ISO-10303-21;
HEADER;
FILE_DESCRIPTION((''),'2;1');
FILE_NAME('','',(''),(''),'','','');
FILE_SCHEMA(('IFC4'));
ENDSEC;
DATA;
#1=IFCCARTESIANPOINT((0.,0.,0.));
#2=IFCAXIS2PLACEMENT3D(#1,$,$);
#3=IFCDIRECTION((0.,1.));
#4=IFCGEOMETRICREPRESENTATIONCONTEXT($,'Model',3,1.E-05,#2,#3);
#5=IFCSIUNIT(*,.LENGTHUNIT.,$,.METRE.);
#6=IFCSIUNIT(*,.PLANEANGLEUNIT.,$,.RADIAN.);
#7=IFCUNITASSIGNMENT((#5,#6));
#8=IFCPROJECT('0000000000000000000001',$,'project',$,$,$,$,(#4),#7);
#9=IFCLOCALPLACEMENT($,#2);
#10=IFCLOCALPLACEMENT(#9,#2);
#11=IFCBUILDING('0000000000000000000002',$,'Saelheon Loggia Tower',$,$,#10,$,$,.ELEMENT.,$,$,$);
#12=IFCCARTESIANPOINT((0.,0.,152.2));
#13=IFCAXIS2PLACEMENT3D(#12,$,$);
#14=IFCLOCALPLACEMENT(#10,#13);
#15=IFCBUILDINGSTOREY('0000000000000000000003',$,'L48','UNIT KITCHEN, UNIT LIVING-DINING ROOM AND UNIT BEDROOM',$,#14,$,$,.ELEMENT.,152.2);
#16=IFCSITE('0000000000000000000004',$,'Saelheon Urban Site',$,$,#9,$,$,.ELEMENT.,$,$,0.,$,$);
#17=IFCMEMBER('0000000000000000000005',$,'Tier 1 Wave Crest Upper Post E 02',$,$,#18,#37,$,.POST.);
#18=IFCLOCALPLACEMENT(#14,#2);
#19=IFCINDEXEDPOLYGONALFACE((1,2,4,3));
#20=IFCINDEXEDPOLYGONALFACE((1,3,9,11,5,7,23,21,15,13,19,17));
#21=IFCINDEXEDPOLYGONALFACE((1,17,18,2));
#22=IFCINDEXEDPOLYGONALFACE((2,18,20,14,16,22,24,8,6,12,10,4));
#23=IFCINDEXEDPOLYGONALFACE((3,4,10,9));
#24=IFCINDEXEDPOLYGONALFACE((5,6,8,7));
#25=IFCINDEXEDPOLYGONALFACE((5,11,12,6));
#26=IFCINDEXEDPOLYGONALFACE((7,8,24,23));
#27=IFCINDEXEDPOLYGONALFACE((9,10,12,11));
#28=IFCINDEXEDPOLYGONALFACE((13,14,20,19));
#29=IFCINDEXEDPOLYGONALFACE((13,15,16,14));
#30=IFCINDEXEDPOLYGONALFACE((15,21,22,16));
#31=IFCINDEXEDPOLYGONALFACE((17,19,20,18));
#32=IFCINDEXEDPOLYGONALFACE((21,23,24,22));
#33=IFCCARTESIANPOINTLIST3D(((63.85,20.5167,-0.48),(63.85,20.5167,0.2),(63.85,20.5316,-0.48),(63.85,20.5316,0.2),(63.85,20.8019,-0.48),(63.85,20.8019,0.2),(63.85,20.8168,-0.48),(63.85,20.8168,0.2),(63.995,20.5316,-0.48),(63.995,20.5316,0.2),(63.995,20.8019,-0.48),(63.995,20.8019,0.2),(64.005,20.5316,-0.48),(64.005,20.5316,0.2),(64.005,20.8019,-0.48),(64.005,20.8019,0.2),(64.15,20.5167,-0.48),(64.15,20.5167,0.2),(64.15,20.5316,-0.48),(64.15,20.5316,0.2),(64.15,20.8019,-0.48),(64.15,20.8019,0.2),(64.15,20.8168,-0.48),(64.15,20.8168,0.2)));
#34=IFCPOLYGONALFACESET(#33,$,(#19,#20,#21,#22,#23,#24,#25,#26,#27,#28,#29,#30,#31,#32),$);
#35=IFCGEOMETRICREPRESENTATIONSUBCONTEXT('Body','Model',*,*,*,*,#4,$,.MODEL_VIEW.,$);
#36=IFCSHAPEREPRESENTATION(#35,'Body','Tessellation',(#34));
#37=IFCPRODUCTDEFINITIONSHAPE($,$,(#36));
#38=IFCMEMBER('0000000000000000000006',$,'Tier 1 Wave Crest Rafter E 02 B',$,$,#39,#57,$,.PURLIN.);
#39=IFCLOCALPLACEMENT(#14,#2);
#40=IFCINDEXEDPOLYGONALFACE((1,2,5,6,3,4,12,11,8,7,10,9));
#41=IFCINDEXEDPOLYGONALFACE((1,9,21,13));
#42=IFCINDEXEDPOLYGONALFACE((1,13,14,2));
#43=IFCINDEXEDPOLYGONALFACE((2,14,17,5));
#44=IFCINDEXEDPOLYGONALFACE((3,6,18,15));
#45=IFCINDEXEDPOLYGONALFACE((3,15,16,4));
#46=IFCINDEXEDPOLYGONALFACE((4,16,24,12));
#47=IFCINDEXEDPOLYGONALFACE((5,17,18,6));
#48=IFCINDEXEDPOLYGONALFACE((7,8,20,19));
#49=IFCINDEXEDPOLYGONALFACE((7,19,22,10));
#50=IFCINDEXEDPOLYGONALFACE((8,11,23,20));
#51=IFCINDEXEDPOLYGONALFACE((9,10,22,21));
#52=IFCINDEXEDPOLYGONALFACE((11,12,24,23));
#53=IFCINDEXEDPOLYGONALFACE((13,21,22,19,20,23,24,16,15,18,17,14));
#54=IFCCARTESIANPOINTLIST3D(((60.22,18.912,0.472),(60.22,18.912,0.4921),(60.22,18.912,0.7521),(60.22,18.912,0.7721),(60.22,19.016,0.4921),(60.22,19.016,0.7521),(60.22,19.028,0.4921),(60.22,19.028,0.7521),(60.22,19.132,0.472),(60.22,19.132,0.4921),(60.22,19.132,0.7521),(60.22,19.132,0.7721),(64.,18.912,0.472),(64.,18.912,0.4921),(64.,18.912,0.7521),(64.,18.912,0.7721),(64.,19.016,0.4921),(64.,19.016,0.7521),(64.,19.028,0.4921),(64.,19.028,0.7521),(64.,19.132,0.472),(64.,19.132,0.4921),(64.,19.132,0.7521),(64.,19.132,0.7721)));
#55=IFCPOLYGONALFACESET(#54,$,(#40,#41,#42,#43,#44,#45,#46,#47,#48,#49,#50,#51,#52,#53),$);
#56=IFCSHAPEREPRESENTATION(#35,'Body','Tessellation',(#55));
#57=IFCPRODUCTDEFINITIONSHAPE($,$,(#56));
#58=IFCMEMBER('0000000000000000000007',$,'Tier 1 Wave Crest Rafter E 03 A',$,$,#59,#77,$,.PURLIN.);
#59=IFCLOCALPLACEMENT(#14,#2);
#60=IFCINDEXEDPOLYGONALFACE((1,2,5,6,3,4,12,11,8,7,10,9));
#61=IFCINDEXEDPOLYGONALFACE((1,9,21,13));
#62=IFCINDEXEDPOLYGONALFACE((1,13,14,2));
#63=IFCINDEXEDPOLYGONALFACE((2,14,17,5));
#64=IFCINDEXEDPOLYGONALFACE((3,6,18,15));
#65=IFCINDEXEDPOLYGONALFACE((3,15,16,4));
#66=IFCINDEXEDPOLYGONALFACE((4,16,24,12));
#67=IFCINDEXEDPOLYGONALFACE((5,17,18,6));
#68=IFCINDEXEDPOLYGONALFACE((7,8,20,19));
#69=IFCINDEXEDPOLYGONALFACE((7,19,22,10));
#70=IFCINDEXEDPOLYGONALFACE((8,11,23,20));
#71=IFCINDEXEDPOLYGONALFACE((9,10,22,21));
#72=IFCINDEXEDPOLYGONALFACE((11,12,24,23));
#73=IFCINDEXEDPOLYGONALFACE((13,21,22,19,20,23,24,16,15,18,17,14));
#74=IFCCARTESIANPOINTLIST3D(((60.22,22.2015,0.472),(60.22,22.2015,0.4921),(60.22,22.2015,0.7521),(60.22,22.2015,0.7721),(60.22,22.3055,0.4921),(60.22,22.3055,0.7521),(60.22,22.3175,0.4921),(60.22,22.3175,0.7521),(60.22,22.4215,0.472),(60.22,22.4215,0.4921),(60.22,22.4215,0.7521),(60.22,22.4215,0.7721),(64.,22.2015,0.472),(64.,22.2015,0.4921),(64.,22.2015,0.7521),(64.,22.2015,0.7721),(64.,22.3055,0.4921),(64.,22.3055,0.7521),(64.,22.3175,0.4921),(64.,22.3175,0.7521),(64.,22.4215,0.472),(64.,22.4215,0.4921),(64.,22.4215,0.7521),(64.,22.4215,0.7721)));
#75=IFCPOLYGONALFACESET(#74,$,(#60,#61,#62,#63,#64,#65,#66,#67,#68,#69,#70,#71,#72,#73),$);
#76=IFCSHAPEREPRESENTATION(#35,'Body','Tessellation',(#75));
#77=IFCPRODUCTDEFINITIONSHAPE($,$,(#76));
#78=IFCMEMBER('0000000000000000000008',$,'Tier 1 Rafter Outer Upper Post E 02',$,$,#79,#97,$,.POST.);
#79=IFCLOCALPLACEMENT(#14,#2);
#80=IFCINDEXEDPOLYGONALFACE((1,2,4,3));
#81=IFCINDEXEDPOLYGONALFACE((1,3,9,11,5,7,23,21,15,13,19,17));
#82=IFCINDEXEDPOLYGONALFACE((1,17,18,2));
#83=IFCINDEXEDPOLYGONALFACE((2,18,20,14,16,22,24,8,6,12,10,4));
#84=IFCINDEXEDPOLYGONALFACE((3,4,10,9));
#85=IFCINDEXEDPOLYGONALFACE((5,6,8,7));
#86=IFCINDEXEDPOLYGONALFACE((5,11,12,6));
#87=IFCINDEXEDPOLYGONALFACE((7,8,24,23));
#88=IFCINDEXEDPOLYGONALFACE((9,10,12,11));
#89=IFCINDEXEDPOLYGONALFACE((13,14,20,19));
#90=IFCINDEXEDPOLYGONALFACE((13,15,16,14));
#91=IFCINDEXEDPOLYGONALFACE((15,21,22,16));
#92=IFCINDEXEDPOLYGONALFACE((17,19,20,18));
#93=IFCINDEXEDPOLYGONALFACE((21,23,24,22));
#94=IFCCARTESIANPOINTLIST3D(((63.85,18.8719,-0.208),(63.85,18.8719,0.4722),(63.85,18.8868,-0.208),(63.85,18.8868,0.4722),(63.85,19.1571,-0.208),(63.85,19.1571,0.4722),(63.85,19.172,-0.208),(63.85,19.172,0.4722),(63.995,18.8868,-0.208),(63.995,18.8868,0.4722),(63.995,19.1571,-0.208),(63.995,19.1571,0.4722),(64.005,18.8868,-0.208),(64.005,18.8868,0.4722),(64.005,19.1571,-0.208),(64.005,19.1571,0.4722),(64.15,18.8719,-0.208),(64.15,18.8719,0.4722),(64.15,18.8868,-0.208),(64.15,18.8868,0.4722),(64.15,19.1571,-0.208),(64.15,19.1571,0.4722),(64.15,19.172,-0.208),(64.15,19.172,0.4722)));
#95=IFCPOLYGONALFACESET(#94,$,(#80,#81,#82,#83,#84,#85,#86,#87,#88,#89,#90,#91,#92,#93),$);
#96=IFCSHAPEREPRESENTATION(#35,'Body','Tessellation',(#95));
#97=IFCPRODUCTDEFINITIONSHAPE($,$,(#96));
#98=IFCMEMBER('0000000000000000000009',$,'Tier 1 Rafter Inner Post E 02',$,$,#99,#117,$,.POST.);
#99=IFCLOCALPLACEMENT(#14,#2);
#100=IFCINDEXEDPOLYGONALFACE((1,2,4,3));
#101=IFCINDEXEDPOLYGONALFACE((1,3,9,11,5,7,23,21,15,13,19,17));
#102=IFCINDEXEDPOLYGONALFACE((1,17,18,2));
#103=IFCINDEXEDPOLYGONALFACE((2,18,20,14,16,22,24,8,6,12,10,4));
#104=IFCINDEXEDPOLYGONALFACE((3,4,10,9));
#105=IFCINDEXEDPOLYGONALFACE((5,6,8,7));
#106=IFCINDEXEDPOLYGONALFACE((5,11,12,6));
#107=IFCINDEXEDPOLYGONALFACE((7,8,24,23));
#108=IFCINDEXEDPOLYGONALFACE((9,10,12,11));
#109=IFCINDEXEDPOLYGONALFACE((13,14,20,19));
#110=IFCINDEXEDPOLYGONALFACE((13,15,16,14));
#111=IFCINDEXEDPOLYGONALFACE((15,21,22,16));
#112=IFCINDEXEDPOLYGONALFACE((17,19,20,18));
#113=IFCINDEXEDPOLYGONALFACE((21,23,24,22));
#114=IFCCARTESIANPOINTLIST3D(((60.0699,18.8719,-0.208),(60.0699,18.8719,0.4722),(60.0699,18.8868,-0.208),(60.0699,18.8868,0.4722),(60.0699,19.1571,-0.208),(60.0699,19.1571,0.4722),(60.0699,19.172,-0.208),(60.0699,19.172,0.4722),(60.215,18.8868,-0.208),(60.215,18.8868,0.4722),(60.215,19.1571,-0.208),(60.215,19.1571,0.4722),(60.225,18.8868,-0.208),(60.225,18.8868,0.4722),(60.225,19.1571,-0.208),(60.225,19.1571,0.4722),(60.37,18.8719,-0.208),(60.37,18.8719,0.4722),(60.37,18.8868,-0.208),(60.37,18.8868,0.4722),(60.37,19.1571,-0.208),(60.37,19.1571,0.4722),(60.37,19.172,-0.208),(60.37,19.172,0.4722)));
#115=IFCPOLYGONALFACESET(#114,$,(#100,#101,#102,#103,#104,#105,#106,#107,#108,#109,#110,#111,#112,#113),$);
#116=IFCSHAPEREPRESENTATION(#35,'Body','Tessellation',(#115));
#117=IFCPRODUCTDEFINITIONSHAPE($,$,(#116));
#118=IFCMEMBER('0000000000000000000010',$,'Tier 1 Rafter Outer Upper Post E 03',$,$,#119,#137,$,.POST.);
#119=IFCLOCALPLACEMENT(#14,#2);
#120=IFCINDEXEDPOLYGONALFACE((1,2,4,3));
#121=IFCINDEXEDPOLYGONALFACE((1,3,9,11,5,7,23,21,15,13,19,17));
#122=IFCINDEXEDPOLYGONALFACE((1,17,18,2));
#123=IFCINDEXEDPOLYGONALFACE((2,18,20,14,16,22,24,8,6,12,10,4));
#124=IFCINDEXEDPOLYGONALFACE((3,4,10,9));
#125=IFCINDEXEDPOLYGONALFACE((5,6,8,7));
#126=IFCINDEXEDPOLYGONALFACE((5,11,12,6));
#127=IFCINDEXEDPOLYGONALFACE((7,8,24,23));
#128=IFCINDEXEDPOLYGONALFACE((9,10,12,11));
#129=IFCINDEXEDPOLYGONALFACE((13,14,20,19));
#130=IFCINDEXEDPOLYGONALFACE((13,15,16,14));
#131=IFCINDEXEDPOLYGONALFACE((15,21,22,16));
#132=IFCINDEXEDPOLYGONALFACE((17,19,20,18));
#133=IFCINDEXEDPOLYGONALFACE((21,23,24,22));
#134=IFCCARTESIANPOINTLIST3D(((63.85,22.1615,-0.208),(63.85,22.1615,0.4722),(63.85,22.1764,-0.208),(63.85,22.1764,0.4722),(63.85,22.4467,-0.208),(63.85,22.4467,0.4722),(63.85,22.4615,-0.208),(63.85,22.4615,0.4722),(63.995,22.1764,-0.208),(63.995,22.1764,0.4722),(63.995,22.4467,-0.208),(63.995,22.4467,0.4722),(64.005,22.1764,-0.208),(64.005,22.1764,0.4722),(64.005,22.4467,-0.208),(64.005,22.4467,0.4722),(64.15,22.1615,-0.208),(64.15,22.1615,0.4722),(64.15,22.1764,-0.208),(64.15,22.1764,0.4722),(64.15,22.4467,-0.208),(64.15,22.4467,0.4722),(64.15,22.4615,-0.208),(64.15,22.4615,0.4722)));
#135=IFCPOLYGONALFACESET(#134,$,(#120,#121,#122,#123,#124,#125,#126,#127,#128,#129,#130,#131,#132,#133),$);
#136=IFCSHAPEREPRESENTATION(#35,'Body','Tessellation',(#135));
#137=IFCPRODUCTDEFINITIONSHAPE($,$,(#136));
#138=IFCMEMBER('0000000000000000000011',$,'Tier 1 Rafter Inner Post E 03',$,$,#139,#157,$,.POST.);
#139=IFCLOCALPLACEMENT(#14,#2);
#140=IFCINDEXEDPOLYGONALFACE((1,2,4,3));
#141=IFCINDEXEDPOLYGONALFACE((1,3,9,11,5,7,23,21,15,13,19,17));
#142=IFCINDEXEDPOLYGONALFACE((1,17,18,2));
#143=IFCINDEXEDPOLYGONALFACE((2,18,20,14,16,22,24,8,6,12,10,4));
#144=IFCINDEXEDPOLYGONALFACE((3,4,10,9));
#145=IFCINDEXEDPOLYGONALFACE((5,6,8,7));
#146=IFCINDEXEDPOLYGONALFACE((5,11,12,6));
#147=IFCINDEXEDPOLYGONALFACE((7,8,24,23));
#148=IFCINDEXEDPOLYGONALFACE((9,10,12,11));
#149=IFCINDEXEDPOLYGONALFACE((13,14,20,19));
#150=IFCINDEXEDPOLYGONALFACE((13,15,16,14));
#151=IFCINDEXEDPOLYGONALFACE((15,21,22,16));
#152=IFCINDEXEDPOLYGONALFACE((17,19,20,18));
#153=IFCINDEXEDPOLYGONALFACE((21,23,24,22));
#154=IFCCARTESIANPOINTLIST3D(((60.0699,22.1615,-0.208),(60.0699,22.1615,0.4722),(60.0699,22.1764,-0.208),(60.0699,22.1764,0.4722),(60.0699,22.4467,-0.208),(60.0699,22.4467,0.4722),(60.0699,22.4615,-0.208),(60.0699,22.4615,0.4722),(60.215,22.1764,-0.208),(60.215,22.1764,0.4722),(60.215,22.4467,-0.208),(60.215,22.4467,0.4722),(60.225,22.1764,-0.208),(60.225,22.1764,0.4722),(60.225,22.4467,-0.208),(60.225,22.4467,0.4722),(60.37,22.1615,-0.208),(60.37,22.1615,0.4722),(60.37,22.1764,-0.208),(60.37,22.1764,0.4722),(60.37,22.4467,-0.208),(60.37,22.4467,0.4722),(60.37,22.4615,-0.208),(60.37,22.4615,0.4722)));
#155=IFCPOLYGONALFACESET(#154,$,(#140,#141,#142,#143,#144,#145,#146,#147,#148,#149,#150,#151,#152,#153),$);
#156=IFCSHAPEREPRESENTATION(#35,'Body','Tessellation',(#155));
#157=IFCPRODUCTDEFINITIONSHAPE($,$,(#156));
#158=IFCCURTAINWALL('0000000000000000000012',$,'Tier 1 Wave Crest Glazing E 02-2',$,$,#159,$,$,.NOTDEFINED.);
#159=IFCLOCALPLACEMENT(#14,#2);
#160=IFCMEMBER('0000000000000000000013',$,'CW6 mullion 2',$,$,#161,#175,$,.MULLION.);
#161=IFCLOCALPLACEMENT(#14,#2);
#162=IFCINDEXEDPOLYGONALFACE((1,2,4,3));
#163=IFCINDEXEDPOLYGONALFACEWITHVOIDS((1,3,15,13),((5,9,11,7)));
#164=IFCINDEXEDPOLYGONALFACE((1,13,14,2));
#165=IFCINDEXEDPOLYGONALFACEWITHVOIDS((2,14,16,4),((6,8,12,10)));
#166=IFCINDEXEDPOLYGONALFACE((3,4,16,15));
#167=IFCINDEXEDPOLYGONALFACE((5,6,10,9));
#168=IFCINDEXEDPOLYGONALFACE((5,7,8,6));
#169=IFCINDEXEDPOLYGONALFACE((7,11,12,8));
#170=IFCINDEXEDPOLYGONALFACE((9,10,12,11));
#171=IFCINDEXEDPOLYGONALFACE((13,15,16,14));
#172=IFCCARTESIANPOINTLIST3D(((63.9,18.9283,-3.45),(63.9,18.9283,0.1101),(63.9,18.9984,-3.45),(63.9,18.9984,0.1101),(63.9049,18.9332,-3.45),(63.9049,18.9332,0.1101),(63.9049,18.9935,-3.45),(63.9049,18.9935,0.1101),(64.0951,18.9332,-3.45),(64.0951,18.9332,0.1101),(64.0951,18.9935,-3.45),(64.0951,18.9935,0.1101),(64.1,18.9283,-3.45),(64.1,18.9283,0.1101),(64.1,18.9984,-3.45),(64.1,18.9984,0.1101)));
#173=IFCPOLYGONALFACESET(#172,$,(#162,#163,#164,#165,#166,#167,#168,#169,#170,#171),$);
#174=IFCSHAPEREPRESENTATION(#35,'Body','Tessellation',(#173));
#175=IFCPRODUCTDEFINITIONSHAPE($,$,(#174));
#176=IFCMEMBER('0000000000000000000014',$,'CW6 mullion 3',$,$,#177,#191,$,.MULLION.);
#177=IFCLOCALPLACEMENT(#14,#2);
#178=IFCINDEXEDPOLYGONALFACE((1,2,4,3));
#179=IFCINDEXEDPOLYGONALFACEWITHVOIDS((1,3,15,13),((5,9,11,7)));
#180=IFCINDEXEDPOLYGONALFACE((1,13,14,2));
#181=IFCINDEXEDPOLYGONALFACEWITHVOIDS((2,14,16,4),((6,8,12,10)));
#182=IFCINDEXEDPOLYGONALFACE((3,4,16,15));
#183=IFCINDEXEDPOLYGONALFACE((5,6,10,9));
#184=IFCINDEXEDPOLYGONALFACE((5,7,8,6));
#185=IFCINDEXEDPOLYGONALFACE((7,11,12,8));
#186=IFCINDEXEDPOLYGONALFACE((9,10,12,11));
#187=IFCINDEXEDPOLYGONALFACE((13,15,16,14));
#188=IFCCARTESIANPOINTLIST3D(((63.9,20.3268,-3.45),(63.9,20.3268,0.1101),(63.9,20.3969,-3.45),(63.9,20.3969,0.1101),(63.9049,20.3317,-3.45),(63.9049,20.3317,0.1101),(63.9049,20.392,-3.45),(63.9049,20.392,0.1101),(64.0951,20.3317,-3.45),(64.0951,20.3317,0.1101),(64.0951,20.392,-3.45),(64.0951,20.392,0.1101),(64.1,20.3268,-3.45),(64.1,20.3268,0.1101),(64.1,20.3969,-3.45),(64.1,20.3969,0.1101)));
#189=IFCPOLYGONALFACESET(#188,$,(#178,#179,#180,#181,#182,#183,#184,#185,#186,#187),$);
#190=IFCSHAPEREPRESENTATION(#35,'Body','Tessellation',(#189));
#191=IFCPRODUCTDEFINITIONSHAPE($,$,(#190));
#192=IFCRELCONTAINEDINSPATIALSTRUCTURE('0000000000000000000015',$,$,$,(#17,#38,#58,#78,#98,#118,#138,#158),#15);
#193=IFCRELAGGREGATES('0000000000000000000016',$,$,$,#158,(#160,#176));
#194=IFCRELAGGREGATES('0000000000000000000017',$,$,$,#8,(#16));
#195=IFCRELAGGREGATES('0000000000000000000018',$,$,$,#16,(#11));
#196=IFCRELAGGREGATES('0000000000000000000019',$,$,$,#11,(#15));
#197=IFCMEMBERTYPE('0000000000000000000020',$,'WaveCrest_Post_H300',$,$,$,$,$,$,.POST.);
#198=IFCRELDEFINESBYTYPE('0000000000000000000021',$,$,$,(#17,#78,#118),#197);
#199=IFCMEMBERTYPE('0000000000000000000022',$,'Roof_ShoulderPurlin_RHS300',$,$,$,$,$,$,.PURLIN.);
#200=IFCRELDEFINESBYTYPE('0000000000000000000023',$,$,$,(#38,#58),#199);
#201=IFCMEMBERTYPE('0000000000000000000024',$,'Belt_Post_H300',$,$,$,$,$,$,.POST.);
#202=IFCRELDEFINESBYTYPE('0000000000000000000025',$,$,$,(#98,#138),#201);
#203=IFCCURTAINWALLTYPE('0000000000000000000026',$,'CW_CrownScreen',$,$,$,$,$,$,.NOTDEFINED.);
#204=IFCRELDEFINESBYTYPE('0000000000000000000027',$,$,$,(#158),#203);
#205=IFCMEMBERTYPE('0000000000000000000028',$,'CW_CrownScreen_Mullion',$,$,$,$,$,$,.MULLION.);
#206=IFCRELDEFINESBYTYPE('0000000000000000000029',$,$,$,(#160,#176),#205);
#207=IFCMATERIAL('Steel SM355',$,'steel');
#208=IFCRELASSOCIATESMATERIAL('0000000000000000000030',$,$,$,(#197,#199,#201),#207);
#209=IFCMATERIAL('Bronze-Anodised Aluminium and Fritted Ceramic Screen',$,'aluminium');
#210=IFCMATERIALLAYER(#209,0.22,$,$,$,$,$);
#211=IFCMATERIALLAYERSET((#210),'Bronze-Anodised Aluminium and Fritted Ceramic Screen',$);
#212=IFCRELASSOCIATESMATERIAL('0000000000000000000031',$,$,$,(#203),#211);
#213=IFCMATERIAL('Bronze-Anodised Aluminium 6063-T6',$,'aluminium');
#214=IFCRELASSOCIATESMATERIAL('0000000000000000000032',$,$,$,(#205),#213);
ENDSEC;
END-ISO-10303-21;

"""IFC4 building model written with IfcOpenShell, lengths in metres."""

from ifc_helpers import new_model, si_unit, direction, frame, origin, origin_2d, place, context, subcontext, project, spatial, hollow_rectangle, i_section, extrude, source, transform, mapped, material, layer, layer_set, material_profile, profile_set, type_object, element, aggregate, save


model = new_model("IFC4")

# Units and contexts
model_context = context("Model", 3, precision=1e-05, world=origin(), true_north=direction((0.0, 1.0)))
body_context = subcontext(model_context, "Body", "Model", "MODEL_VIEW")
ifc_project = project(units=[si_unit("LENGTHUNIT", "METRE"), si_unit("PLANEANGLEUNIT", "RADIAN")], contexts=[model_context])

# Site, building, storey
site_placement = place(None, origin())
site = spatial("IfcSite", under=ifc_project, at=site_placement, Name="Saelheon Urban Site", CompositionType="ELEMENT", RefElevation=0.0)
building_placement = place(site_placement, origin())
building = spatial("IfcBuilding", under=site, at=building_placement, Name="Saelheon Loggia Tower", CompositionType="ELEMENT")
storey_placement = place(building_placement, frame((0.0, 0.0, 152.2)))
storey = spatial("IfcBuildingStorey", under=building, at=storey_placement, Name="L48", Description="UNIT KITCHEN, UNIT LIVING-DINING ROOM AND UNIT BEDROOM", CompositionType="ELEMENT", Elevation=152.2)

# Members
ifc_material_1 = material(Name="Steel SM355", Category="steel")
ifc_material_profile_1 = material_profile(ifc_material_1, i_section(OverallWidth=0.3, OverallDepth=0.3, WebThickness=0.01, FlangeThickness=0.0149, at=origin_2d()), Name="H-300x300x10x15")
ifc_profile_set_1 = profile_set([ifc_material_profile_1], Name="Steel SM355")
member_type_1 = type_object("IfcMemberType", Name="WaveCrest_Post_H300", PredefinedType="POST", material=ifc_profile_set_1)
shared_shape_1 = source(origin(), body_context, "Body", "SweptSolid", [
    extrude(i_section(OverallWidth=0.3, OverallDepth=0.3, WebThickness=0.01, FlangeThickness=0.0149, at=origin_2d()), origin(), (0.0, 0.0, 1.0), 0.6799),
])
member_1_placement = place(storey_placement, frame((64.0, 20.6667, -0.48), z_axis=(0.0, 0.0, 1.0), x_axis=(1.0, 0.0, 0.0)))
element("IfcMember", 1, at=member_1_placement, inside=storey, type_object=member_type_1, Name="Tier 1 Wave Crest Upper Post E 02", PredefinedType="POST", context=body_context, shape_type="MappedRepresentation", body=[
    mapped(shared_shape_1, transform((0.0, 0.0, 0.0), scale=1.0)),
])
ifc_material_profile_2 = material_profile(ifc_material_1, i_section(OverallWidth=0.22, OverallDepth=0.3, WebThickness=0.012, FlangeThickness=0.02, at=origin_2d()), Name="H-300x220x12x20")
ifc_profile_set_2 = profile_set([ifc_material_profile_2], Name="Steel SM355")
member_type_2 = type_object("IfcMemberType", Name="Roof_ShoulderPurlin_RHS300", PredefinedType="PURLIN", material=ifc_profile_set_2)
shared_shape_2 = source(origin(), body_context, "Body", "SweptSolid", [
    extrude(i_section(OverallWidth=0.22, OverallDepth=0.3, WebThickness=0.012, FlangeThickness=0.02, at=origin_2d()), origin(), (0.0, 0.0, 1.0), 3.78),
])
for number, where, z_axis, x_axis, name in (
    (2, (64.0, 19.022, 0.6221), (-1.0, 0.0, 0.0), (0.0, -1.0, 0.0), "Tier 1 Wave Crest Rafter E 02 B"),
    (3, (64.0, 22.3115, 0.6221), (-1.0, 0.0, 0.0), (0.0, -1.0, 0.0), "Tier 1 Wave Crest Rafter E 03 A"),
):
    element("IfcMember", number, at=place(storey_placement, frame(where, z_axis=z_axis, x_axis=x_axis)), inside=storey, type_object=member_type_2, Name=name, PredefinedType="PURLIN", context=body_context, shape_type="MappedRepresentation", body=[
        mapped(shared_shape_2, transform((0.0, 0.0, 0.0), scale=1.0)),
    ])
shared_shape_3 = source(origin(), body_context, "Body", "SweptSolid", [
    extrude(i_section(OverallWidth=0.3, OverallDepth=0.3, WebThickness=0.01, FlangeThickness=0.0149, at=origin_2d()), origin(), (0.0, 0.0, 1.0), 0.6802),
])
member_2_placement = place(storey_placement, frame((64.0, 19.022, -0.208), z_axis=(0.0, 0.0, 1.0), x_axis=(1.0, 0.0, 0.0)))
element("IfcMember", 4, at=member_2_placement, inside=storey, type_object=member_type_1, Name="Tier 1 Rafter Outer Upper Post E 02", PredefinedType="POST", context=body_context, shape_type="MappedRepresentation", body=[
    mapped(shared_shape_3, transform((0.0, 0.0, 0.0), scale=1.0)),
])
ifc_material_profile_3 = material_profile(ifc_material_1, i_section(OverallWidth=0.3, OverallDepth=0.3, WebThickness=0.01, FlangeThickness=0.0149, at=origin_2d()), Name="H-300x300x10x15")
ifc_profile_set_3 = profile_set([ifc_material_profile_3], Name="Steel SM355")
member_type_3 = type_object("IfcMemberType", Name="Belt_Post_H300", PredefinedType="POST", material=ifc_profile_set_3)
member_3_placement = place(storey_placement, frame((60.22, 19.022, -0.208), z_axis=(0.0, 0.0, 1.0), x_axis=(1.0, 0.0, 0.0)))
element("IfcMember", 5, at=member_3_placement, inside=storey, type_object=member_type_3, Name="Tier 1 Rafter Inner Post E 02", PredefinedType="POST", context=body_context, shape_type="MappedRepresentation", body=[
    mapped(shared_shape_3, transform((0.0, 0.0, 0.0), scale=1.0)),
])
member_4_placement = place(storey_placement, frame((64.0, 22.3115, -0.208), z_axis=(0.0, 0.0, 1.0), x_axis=(1.0, 0.0, 0.0)))
element("IfcMember", 6, at=member_4_placement, inside=storey, type_object=member_type_1, Name="Tier 1 Rafter Outer Upper Post E 03", PredefinedType="POST", context=body_context, shape_type="MappedRepresentation", body=[
    mapped(shared_shape_3, transform((0.0, 0.0, 0.0), scale=1.0)),
])
member_5_placement = place(storey_placement, frame((60.22, 22.3115, -0.208), z_axis=(0.0, 0.0, 1.0), x_axis=(1.0, 0.0, 0.0)))
element("IfcMember", 7, at=member_5_placement, inside=storey, type_object=member_type_3, Name="Tier 1 Rafter Inner Post E 03", PredefinedType="POST", context=body_context, shape_type="MappedRepresentation", body=[
    mapped(shared_shape_3, transform((0.0, 0.0, 0.0), scale=1.0)),
])

# Curtain wall, members
ifc_material_2 = material(Name="Bronze-Anodised Aluminium and Fritted Ceramic Screen", Category="aluminium")
ifc_layer_1 = layer(ifc_material_2, 0.22)
ifc_layer_set_1 = layer_set([ifc_layer_1], Name="Bronze-Anodised Aluminium and Fritted Ceramic Screen")
curtain_wall_type = type_object("IfcCurtainWallType", Name="CW_CrownScreen", PredefinedType="NOTDEFINED", material=ifc_layer_set_1)
curtain_wall_1_placement = place(storey_placement, origin())
curtain_wall_1 = element("IfcCurtainWall", 8, at=curtain_wall_1_placement, inside=storey, type_object=curtain_wall_type, Name="Tier 1 Wave Crest Glazing E 02-2", PredefinedType="NOTDEFINED")
ifc_material_3 = material(Name="Bronze-Anodised Aluminium 6063-T6", Category="aluminium")
ifc_material_profile_4 = material_profile(ifc_material_3, hollow_rectangle(XDim=0.0701, YDim=0.2, WallThickness=0.0049, at=origin_2d()), Name="RHS-200x70x5")
ifc_profile_set_4 = profile_set([ifc_material_profile_4], Name="Bronze-Anodised Aluminium 6063-T6")
member_type_4 = type_object("IfcMemberType", Name="CW_CrownScreen_Mullion", PredefinedType="MULLION", material=ifc_profile_set_4)
shared_shape_4 = source(origin(), body_context, "Body", "SweptSolid", [
    extrude(hollow_rectangle(XDim=0.0701, YDim=0.2, WallThickness=0.0049, at=origin_2d()), origin(), (0.0, 0.0, 1.0), 3.5601),
])
member_6_placement = place(storey_placement, frame((64.0, 18.9634, -3.45), z_axis=(0.0, 0.0, 1.0), x_axis=(0.0, 1.0, 0.0)))
member_6 = element("IfcMember", 9, at=member_6_placement, type_object=member_type_4, Name="CW6 mullion 2", PredefinedType="MULLION", context=body_context, shape_type="MappedRepresentation", body=[
    mapped(shared_shape_4, transform((0.0, 0.0, 0.0), scale=1.0)),
])
member_7_placement = place(storey_placement, frame((64.0, 20.3618, -3.45), z_axis=(0.0, 0.0, 1.0), x_axis=(0.0, 1.0, 0.0)))
member_7 = element("IfcMember", 10, at=member_7_placement, type_object=member_type_4, Name="CW6 mullion 3", PredefinedType="MULLION", context=body_context, shape_type="MappedRepresentation", body=[
    mapped(shared_shape_4, transform((0.0, 0.0, 0.0), scale=1.0)),
])

aggregate(curtain_wall_1, [member_6, member_7])

save(model, "model.ifc")
